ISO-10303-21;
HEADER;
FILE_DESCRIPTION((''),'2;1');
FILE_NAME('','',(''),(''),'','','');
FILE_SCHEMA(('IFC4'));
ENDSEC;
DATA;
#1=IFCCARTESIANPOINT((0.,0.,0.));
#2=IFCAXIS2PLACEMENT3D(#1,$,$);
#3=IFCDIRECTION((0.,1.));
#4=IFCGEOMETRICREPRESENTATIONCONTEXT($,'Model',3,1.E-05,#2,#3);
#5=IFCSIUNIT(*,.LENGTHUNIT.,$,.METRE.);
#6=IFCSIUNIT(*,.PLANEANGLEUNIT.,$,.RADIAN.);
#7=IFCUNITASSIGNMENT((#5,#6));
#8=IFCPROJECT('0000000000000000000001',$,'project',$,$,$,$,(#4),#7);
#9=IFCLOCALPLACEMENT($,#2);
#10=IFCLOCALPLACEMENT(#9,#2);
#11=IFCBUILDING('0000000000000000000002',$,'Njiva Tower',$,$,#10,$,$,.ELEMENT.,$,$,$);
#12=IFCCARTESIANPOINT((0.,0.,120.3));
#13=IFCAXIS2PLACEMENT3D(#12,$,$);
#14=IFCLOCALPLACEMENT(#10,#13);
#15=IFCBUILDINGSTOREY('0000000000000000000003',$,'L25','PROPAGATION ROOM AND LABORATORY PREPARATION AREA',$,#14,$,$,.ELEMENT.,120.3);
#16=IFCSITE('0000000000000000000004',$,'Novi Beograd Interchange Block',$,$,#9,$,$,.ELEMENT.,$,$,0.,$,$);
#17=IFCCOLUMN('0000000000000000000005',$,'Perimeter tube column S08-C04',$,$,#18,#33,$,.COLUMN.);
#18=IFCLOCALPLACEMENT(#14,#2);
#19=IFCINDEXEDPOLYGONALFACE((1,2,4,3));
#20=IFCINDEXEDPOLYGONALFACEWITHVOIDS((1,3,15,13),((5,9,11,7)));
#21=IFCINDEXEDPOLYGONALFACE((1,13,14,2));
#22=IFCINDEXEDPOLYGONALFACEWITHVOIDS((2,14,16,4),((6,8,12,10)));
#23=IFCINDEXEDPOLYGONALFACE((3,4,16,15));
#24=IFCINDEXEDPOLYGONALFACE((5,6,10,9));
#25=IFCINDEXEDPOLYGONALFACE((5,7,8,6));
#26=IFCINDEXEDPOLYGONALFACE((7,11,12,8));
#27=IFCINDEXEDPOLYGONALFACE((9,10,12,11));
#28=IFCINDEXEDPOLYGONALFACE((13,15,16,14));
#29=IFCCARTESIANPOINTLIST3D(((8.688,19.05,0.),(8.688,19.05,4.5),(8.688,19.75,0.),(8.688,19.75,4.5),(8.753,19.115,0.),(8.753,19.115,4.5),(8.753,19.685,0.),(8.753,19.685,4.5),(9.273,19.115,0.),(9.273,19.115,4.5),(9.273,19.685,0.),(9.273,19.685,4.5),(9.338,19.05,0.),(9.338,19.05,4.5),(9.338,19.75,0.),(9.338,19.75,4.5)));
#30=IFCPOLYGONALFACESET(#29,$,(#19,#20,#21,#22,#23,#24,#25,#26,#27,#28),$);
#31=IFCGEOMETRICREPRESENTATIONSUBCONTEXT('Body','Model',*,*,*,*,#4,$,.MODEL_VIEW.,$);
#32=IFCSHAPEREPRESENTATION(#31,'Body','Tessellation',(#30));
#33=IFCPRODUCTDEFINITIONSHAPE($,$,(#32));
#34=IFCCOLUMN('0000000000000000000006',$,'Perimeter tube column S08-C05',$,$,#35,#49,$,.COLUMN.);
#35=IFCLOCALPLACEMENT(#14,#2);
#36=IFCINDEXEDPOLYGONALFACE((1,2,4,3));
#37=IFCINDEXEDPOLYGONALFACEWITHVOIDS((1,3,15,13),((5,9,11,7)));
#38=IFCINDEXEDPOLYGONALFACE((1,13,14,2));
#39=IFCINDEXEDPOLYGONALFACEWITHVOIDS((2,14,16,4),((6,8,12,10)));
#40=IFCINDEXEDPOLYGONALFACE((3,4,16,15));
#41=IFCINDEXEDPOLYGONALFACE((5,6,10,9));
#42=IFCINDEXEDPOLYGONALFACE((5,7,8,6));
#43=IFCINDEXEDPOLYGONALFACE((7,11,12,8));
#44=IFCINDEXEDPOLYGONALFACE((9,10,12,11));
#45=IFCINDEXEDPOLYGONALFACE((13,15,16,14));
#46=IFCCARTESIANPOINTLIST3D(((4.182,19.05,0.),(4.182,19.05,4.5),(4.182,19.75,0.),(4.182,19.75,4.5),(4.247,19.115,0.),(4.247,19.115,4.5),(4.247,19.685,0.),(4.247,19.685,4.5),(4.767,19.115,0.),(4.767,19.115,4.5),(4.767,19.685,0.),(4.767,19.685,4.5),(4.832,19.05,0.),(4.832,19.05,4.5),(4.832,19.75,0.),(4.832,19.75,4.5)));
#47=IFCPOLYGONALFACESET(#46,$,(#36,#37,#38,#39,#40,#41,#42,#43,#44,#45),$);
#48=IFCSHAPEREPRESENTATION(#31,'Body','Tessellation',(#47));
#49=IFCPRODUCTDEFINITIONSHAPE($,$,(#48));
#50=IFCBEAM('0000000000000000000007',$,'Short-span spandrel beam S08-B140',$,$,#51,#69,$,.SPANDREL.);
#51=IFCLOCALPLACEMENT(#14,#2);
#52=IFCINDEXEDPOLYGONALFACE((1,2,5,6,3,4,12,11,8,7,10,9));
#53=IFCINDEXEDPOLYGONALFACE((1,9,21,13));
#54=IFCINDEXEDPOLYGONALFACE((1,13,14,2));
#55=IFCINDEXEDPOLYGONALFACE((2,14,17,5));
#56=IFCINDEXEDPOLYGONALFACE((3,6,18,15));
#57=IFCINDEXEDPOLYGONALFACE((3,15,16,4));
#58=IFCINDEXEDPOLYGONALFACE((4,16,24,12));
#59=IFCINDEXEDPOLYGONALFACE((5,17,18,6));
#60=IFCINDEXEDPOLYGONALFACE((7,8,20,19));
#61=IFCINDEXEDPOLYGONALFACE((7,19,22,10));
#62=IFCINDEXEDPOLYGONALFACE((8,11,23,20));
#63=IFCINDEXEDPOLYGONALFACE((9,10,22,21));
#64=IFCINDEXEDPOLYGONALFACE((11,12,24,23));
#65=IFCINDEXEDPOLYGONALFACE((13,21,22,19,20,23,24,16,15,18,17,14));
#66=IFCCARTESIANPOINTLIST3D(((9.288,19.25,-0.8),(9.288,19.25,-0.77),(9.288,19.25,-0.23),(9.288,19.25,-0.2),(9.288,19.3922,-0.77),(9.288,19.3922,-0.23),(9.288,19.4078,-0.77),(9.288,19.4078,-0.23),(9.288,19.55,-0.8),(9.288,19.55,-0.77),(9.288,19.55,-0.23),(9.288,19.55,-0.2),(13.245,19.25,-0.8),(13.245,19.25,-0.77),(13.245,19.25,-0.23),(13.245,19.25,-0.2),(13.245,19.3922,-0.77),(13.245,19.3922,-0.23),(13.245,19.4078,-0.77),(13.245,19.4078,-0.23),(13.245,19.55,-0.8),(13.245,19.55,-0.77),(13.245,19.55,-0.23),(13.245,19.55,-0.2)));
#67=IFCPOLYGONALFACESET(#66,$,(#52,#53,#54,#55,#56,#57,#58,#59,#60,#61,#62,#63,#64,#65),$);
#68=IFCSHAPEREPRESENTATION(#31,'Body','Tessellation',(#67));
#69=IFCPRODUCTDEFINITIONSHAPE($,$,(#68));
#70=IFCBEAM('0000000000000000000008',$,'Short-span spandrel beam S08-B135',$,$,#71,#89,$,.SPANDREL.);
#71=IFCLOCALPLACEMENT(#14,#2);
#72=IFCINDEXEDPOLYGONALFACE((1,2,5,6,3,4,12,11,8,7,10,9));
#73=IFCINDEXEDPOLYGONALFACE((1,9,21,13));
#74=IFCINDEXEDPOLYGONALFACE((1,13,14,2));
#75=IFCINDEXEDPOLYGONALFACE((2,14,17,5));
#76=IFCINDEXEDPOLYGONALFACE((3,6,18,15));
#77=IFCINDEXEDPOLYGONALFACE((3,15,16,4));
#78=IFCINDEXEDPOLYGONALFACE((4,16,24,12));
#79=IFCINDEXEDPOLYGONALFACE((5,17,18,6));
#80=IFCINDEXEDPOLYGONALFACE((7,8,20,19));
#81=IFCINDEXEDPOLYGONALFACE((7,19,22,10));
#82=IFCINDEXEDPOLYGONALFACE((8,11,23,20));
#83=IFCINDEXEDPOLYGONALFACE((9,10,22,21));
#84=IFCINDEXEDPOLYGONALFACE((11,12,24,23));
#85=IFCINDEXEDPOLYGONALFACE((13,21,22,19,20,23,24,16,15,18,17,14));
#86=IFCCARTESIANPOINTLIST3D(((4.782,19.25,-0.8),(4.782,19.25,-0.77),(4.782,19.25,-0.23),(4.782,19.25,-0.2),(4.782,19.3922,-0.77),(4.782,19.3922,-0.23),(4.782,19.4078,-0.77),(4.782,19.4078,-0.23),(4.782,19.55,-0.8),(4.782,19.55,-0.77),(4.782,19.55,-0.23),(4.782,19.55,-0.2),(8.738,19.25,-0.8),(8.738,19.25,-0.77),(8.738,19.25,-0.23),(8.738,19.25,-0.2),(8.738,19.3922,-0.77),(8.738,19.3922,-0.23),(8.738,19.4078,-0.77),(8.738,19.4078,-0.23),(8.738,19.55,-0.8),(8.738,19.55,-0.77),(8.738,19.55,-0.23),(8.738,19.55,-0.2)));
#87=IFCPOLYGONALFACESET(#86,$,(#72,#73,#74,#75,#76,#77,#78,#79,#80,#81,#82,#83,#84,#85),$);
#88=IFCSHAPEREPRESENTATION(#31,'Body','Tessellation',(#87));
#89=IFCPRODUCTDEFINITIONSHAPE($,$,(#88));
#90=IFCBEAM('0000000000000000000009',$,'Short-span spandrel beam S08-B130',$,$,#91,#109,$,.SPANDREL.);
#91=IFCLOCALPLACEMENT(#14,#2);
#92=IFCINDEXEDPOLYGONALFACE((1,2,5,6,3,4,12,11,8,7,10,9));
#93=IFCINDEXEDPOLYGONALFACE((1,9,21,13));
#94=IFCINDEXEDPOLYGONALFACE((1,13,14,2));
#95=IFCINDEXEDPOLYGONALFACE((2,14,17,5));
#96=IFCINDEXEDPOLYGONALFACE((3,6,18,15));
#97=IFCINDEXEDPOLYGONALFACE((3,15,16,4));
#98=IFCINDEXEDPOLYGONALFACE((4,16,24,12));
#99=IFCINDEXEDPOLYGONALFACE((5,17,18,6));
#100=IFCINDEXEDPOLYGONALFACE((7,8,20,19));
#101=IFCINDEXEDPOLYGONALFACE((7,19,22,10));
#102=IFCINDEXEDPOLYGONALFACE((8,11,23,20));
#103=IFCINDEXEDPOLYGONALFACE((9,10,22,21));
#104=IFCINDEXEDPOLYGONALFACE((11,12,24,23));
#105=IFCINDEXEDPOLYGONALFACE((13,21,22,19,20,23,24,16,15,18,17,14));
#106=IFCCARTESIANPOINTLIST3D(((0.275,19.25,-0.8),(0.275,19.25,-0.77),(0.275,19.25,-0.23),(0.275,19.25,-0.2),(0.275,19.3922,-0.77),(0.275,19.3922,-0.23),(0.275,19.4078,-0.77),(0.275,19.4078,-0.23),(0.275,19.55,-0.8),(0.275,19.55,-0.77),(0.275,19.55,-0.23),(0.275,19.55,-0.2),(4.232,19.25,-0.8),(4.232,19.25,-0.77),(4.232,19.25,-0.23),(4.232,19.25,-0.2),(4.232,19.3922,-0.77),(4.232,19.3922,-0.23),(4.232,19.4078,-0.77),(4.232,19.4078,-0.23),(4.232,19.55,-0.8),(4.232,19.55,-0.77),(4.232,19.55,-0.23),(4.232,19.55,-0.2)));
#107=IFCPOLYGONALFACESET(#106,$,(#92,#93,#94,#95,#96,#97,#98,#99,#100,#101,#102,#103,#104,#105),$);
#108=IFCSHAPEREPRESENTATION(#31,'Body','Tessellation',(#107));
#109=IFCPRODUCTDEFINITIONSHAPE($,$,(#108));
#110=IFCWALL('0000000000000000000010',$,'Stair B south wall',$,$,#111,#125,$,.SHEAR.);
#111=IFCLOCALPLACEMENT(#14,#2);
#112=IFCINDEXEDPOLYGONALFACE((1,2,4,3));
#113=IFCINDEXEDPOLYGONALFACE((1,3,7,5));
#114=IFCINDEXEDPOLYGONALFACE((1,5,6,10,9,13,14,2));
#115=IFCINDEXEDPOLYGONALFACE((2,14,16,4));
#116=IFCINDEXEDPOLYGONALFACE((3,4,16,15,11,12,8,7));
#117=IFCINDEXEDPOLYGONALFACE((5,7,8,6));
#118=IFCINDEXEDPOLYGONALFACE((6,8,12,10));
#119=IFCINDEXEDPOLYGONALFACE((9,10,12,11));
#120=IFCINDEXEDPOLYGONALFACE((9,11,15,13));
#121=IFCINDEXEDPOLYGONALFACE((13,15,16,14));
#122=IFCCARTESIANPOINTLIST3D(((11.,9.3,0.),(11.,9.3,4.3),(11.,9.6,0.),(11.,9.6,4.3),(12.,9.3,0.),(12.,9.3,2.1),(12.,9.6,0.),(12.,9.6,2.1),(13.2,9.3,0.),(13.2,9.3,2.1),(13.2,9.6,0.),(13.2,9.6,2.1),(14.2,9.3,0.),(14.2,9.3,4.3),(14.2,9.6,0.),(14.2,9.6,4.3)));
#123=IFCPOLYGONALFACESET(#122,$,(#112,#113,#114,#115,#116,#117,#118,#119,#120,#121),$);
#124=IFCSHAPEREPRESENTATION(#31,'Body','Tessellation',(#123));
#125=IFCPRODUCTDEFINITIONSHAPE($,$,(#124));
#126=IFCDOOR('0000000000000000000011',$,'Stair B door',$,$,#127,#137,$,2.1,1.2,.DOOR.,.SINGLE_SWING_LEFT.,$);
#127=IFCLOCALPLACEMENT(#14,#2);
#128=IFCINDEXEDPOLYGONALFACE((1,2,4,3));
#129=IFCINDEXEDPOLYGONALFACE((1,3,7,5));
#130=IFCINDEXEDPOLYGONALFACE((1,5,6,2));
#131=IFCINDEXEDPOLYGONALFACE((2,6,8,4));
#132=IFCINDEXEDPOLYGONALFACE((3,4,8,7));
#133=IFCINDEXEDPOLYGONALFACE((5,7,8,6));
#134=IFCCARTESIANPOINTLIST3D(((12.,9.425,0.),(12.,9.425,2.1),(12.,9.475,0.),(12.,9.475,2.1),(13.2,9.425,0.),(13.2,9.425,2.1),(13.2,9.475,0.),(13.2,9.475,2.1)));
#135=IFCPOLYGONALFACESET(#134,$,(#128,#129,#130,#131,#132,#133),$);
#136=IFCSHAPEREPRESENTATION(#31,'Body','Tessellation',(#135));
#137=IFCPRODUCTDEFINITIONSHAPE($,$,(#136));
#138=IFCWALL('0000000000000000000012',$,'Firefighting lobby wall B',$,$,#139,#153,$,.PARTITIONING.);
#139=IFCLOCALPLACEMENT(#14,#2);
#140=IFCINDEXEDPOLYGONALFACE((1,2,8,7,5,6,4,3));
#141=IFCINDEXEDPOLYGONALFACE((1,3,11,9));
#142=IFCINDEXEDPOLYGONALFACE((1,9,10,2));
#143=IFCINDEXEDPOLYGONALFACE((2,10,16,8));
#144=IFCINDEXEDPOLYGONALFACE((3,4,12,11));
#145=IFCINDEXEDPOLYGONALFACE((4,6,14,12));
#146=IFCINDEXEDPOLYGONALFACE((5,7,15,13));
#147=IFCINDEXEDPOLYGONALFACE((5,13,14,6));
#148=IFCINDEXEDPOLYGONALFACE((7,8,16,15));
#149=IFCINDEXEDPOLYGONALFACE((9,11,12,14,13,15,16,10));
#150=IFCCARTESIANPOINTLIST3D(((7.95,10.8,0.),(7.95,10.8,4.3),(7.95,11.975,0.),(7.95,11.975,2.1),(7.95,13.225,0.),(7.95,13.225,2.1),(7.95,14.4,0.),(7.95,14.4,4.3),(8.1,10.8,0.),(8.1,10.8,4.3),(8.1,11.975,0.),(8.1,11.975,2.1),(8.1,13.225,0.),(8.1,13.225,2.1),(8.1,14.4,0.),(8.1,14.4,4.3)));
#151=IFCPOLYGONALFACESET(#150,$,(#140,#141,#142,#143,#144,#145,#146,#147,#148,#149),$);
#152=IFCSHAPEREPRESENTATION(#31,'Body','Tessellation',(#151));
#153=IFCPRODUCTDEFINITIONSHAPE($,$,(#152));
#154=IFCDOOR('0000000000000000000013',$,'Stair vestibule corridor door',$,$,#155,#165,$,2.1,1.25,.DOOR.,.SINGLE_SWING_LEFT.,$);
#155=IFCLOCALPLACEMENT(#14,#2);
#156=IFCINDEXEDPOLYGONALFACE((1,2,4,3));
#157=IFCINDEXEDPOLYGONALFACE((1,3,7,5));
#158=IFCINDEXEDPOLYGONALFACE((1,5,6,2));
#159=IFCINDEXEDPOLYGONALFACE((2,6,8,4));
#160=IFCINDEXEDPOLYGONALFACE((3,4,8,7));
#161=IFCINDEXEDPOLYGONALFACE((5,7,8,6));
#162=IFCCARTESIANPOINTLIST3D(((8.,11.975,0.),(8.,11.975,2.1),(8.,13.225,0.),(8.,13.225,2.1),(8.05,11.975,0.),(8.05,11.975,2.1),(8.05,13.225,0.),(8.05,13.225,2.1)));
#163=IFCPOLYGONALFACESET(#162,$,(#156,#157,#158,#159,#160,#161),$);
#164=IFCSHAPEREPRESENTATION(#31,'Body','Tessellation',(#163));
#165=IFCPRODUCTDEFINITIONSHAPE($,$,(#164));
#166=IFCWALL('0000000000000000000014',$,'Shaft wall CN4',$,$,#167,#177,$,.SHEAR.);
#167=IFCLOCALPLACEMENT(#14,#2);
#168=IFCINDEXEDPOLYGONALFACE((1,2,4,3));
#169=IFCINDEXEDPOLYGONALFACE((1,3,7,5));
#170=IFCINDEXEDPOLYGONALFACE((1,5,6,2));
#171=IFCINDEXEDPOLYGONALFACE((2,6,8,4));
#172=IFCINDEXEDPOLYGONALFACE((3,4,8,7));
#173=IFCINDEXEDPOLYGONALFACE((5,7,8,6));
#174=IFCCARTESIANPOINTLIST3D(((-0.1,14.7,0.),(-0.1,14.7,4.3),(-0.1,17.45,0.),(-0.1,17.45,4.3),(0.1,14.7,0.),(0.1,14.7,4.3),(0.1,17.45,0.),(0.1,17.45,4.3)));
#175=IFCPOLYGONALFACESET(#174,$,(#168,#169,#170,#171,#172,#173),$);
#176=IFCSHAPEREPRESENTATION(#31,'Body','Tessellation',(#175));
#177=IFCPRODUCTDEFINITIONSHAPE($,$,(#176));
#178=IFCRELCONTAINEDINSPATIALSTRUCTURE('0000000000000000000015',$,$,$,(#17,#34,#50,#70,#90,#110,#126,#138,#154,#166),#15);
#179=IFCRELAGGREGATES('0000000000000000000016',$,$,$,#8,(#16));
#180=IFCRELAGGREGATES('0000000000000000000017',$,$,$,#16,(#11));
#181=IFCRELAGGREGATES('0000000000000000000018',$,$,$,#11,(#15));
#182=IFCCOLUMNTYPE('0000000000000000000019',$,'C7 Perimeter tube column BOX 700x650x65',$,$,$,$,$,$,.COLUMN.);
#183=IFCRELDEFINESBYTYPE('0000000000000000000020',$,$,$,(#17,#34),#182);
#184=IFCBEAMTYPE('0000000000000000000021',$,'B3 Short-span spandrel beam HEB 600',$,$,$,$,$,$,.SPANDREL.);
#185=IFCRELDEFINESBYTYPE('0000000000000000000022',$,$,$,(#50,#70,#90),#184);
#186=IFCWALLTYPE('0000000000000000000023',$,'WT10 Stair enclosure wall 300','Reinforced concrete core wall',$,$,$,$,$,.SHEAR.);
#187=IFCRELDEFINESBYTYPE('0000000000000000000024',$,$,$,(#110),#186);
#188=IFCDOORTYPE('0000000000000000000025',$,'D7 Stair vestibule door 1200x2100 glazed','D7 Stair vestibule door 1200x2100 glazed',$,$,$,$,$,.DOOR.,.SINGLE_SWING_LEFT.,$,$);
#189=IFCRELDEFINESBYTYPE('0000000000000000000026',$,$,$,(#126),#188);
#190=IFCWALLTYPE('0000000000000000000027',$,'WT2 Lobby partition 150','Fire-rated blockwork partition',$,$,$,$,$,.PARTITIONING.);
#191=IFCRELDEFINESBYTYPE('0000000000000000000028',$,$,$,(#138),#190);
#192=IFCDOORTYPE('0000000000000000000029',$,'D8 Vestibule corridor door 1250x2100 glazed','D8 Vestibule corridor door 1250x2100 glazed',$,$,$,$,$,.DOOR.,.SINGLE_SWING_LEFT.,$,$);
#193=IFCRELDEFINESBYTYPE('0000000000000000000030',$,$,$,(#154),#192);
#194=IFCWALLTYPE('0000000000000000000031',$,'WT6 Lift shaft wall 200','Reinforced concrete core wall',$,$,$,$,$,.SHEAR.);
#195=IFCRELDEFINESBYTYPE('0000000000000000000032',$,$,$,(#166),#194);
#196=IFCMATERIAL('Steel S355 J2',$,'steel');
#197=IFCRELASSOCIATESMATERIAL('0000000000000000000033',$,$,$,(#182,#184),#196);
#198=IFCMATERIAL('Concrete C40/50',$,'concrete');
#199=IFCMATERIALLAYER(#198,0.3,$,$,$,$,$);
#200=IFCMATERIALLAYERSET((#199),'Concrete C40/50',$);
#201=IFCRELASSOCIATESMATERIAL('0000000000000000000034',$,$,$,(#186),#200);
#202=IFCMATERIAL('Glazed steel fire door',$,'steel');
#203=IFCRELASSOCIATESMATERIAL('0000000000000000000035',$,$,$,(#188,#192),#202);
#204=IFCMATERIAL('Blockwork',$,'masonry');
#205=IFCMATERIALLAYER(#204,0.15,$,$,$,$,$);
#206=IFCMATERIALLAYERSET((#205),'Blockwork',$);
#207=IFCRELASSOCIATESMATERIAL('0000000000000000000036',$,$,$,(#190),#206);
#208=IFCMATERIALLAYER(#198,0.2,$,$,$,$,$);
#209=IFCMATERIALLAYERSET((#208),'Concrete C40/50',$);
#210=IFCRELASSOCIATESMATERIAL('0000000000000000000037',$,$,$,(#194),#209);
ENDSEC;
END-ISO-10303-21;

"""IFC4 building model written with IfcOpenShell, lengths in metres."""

from ifc_helpers import new_model, si_unit, direction, frame, frame_2d, origin, origin_2d, place, context, subcontext, project, spatial, rectangle, hollow_rectangle, i_section, extrude, material, layer, layer_set, material_profile, profile_set, type_object, element, fill, save


model = new_model("IFC4")

# Units and contexts
model_context = context("Model", 3, precision=1e-05, world=origin(), true_north=direction((0.0, 1.0)))
body_context = subcontext(model_context, "Body", "Model", "MODEL_VIEW")
ifc_project = project(units=[si_unit("LENGTHUNIT", "METRE"), si_unit("PLANEANGLEUNIT", "RADIAN")], contexts=[model_context])

# Site, building, storey
site_placement = place(None, origin())
site = spatial("IfcSite", under=ifc_project, at=site_placement, Name="Novi Beograd Interchange Block", CompositionType="ELEMENT", RefElevation=0.0)
building_placement = place(site_placement, origin())
building = spatial("IfcBuilding", under=site, at=building_placement, Name="Njiva Tower", CompositionType="ELEMENT")
storey_placement = place(building_placement, frame((0.0, 0.0, 120.3)))
storey = spatial("IfcBuildingStorey", under=building, at=storey_placement, Name="L25", Description="PROPAGATION ROOM AND LABORATORY PREPARATION AREA", CompositionType="ELEMENT", Elevation=120.3)

# Columns
ifc_material_1 = material(Name="Steel S355 J2", Category="steel")
ifc_material_profile_1 = material_profile(ifc_material_1, hollow_rectangle(XDim=0.65, YDim=0.7, WallThickness=0.065, at=origin_2d()), Name="BOX 700x650x65")
ifc_profile_set_1 = profile_set([ifc_material_profile_1], Name="Steel S355 J2")
column_type = type_object("IfcColumnType", Name="C7 Perimeter tube column BOX 700x650x65", PredefinedType="COLUMN", material=ifc_profile_set_1)
for number, where, z_axis, x_axis, name in (
    (1, (9.013, 19.4, 0.0), (0.0, 0.0, 1.0), (-1.0, 0.0, 0.0), "Perimeter tube column S08-C04"),
    (2, (4.507, 19.4, 0.0), (0.0, 0.0, 1.0), (-1.0, 0.0, 0.0), "Perimeter tube column S08-C05"),
):
    element("IfcColumn", number, at=place(storey_placement, frame(where, z_axis=z_axis, x_axis=x_axis)), inside=storey, type_object=column_type, Name=name, PredefinedType="COLUMN", context=body_context, shape_type="SweptSolid", body=[
        extrude(hollow_rectangle(XDim=0.65, YDim=0.7, WallThickness=0.065, at=origin_2d()), origin(), (0.0, 0.0, 1.0), 4.5),
    ])

# Beams
ifc_material_profile_2 = material_profile(ifc_material_1, i_section(OverallWidth=0.3, OverallDepth=0.6, WebThickness=0.0155, FlangeThickness=0.03, at=origin_2d()), Name="HEB 600")
ifc_profile_set_2 = profile_set([ifc_material_profile_2], Name="Steel S355 J2")
beam_type = type_object("IfcBeamType", Name="B3 Short-span spandrel beam HEB 600", PredefinedType="SPANDREL", material=ifc_profile_set_2)
beam_1_placement = place(storey_placement, frame((13.245, 19.4, -0.5), z_axis=(-1.0, 0.0, 0.0), x_axis=(0.0, -1.0, 0.0)))
element("IfcBeam", 3, at=beam_1_placement, inside=storey, type_object=beam_type, Name="Short-span spandrel beam S08-B140", PredefinedType="SPANDREL", context=body_context, shape_type="SweptSolid", body=[
    extrude(i_section(OverallWidth=0.3, OverallDepth=0.6, WebThickness=0.0155, FlangeThickness=0.03, at=origin_2d()), origin(), (0.0, 0.0, 1.0), 3.957),
])
beam_2_placement = place(storey_placement, frame((8.738, 19.4, -0.5), z_axis=(-1.0, 0.0, 0.0), x_axis=(0.0, -1.0, 0.0)))
element("IfcBeam", 4, at=beam_2_placement, inside=storey, type_object=beam_type, Name="Short-span spandrel beam S08-B135", PredefinedType="SPANDREL", context=body_context, shape_type="SweptSolid", body=[
    extrude(i_section(OverallWidth=0.3, OverallDepth=0.6, WebThickness=0.0155, FlangeThickness=0.03, at=origin_2d()), origin(), (0.0, 0.0, 1.0), 3.956),
])
beam_3_placement = place(storey_placement, frame((4.232, 19.4, -0.5), z_axis=(-1.0, 0.0, 0.0), x_axis=(0.0, -1.0, 0.0)))
element("IfcBeam", 5, at=beam_3_placement, inside=storey, type_object=beam_type, Name="Short-span spandrel beam S08-B130", PredefinedType="SPANDREL", context=body_context, shape_type="SweptSolid", body=[
    extrude(i_section(OverallWidth=0.3, OverallDepth=0.6, WebThickness=0.0155, FlangeThickness=0.03, at=origin_2d()), origin(), (0.0, 0.0, 1.0), 3.957),
])

# Walls, openings, doors
ifc_material_2 = material(Name="Concrete C40/50", Category="concrete")
ifc_layer_1 = layer(ifc_material_2, 0.3)
ifc_layer_set_1 = layer_set([ifc_layer_1], Name="Concrete C40/50")
wall_type_1 = type_object("IfcWallType", Name="WT10 Stair enclosure wall 300", Description="Reinforced concrete core wall", PredefinedType="SHEAR", material=ifc_layer_set_1)
wall_1_placement = place(storey_placement, frame((11.0, 9.45, 0.0), z_axis=(0.0, 0.0, 1.0), x_axis=(1.0, 0.0, 0.0)))
wall_1 = element("IfcWall", 6, at=wall_1_placement, inside=storey, type_object=wall_type_1, Name="Stair B south wall", PredefinedType="SHEAR", context=body_context, shape_type="SweptSolid", body=[
    extrude(rectangle(XDim=3.2, YDim=0.3, at=frame_2d((1.6, 0.0))), origin(), (0.0, 0.0, 1.0), 4.3),
])
opening_1_placement = place(wall_1_placement, frame((1.0, 0.0, 0.0)))
opening_1 = element("IfcOpeningElement", 7, at=opening_1_placement, cuts=wall_1, PredefinedType="OPENING", context=body_context, shape_type="SweptSolid", body=[
    extrude(rectangle(XDim=1.2, YDim=2.1, at=frame_2d((0.6, 1.05))), frame((0.0, 0.16, 0.0), z_axis=(0.0, -1.0, 0.0), x_axis=(1.0, 0.0, 0.0)), (0.0, 0.0, 1.0), 0.32),
])
ifc_material_3 = material(Name="Glazed steel fire door", Category="steel")
door_type_1 = type_object("IfcDoorType", Name="D7 Stair vestibule door 1200x2100 glazed", Description="D7 Stair vestibule door 1200x2100 glazed", OperationType="SINGLE_SWING_LEFT", PredefinedType="DOOR", material=ifc_material_3)
door_1_placement = place(opening_1_placement, origin())
door_1 = element("IfcDoor", 8, at=door_1_placement, inside=storey, type_object=door_type_1, Name="Stair B door", OperationType="SINGLE_SWING_LEFT", OverallHeight=2.1, OverallWidth=1.2, PredefinedType="DOOR", context=body_context, shape_type="SweptSolid", body=[
    extrude(rectangle(XDim=1.2, YDim=2.1, at=frame_2d((0.6, 1.05))), frame((0.0, 0.025, 0.0), z_axis=(0.0, -1.0, 0.0), x_axis=(1.0, 0.0, 0.0)), (0.0, 0.0, 1.0), 0.05),
])
fill(opening_1, door_1)
ifc_material_4 = material(Name="Blockwork", Category="masonry")
ifc_layer_2 = layer(ifc_material_4, 0.15)
ifc_layer_set_2 = layer_set([ifc_layer_2], Name="Blockwork")
wall_type_2 = type_object("IfcWallType", Name="WT2 Lobby partition 150", Description="Fire-rated blockwork partition", PredefinedType="PARTITIONING", material=ifc_layer_set_2)
wall_2_placement = place(storey_placement, frame((8.025, 10.8, 0.0), z_axis=(0.0, 0.0, 1.0), x_axis=(0.0, 1.0, 0.0)))
wall_2 = element("IfcWall", 9, at=wall_2_placement, inside=storey, type_object=wall_type_2, Name="Firefighting lobby wall B", PredefinedType="PARTITIONING", context=body_context, shape_type="SweptSolid", body=[
    extrude(rectangle(XDim=3.6, YDim=0.15, at=frame_2d((1.8, 0.0))), origin(), (0.0, 0.0, 1.0), 4.3),
])
opening_2_placement = place(wall_2_placement, frame((1.175, 0.0, 0.0)))
opening_2 = element("IfcOpeningElement", 10, at=opening_2_placement, cuts=wall_2, PredefinedType="OPENING", context=body_context, shape_type="SweptSolid", body=[
    extrude(rectangle(XDim=1.25, YDim=2.1, at=frame_2d((0.625, 1.05))), frame((0.0, 0.085, 0.0), z_axis=(0.0, -1.0, 0.0), x_axis=(1.0, 0.0, 0.0)), (0.0, 0.0, 1.0), 0.17),
])
door_type_2 = type_object("IfcDoorType", Name="D8 Vestibule corridor door 1250x2100 glazed", Description="D8 Vestibule corridor door 1250x2100 glazed", OperationType="SINGLE_SWING_LEFT", PredefinedType="DOOR", material=ifc_material_3)
door_2_placement = place(opening_2_placement, origin())
door_2 = element("IfcDoor", 11, at=door_2_placement, inside=storey, type_object=door_type_2, Name="Stair vestibule corridor door", OperationType="SINGLE_SWING_LEFT", OverallHeight=2.1, OverallWidth=1.25, PredefinedType="DOOR", context=body_context, shape_type="SweptSolid", body=[
    extrude(rectangle(XDim=1.25, YDim=2.1, at=frame_2d((0.625, 1.05))), frame((0.0, 0.025, 0.0), z_axis=(0.0, -1.0, 0.0), x_axis=(1.0, 0.0, 0.0)), (0.0, 0.0, 1.0), 0.05),
])
fill(opening_2, door_2)

# Wall
ifc_layer_3 = layer(ifc_material_2, 0.2)
ifc_layer_set_3 = layer_set([ifc_layer_3], Name="Concrete C40/50")
wall_type_3 = type_object("IfcWallType", Name="WT6 Lift shaft wall 200", Description="Reinforced concrete core wall", PredefinedType="SHEAR", material=ifc_layer_set_3)
for number, where, z_axis, x_axis, name in (
    (12, (0.0, 14.7, 0.0), (0.0, 0.0, 1.0), (0.0, 1.0, 0.0), "Shaft wall CN4"),
):
    element("IfcWall", number, at=place(storey_placement, frame(where, z_axis=z_axis, x_axis=x_axis)), inside=storey, type_object=wall_type_3, Name=name, PredefinedType="SHEAR", context=body_context, shape_type="SweptSolid", body=[
        extrude(rectangle(XDim=2.75, YDim=0.2, at=frame_2d((1.375, 0.0))), origin(), (0.0, 0.0, 1.0), 4.3),
    ])

save(model, "model.ifc")
